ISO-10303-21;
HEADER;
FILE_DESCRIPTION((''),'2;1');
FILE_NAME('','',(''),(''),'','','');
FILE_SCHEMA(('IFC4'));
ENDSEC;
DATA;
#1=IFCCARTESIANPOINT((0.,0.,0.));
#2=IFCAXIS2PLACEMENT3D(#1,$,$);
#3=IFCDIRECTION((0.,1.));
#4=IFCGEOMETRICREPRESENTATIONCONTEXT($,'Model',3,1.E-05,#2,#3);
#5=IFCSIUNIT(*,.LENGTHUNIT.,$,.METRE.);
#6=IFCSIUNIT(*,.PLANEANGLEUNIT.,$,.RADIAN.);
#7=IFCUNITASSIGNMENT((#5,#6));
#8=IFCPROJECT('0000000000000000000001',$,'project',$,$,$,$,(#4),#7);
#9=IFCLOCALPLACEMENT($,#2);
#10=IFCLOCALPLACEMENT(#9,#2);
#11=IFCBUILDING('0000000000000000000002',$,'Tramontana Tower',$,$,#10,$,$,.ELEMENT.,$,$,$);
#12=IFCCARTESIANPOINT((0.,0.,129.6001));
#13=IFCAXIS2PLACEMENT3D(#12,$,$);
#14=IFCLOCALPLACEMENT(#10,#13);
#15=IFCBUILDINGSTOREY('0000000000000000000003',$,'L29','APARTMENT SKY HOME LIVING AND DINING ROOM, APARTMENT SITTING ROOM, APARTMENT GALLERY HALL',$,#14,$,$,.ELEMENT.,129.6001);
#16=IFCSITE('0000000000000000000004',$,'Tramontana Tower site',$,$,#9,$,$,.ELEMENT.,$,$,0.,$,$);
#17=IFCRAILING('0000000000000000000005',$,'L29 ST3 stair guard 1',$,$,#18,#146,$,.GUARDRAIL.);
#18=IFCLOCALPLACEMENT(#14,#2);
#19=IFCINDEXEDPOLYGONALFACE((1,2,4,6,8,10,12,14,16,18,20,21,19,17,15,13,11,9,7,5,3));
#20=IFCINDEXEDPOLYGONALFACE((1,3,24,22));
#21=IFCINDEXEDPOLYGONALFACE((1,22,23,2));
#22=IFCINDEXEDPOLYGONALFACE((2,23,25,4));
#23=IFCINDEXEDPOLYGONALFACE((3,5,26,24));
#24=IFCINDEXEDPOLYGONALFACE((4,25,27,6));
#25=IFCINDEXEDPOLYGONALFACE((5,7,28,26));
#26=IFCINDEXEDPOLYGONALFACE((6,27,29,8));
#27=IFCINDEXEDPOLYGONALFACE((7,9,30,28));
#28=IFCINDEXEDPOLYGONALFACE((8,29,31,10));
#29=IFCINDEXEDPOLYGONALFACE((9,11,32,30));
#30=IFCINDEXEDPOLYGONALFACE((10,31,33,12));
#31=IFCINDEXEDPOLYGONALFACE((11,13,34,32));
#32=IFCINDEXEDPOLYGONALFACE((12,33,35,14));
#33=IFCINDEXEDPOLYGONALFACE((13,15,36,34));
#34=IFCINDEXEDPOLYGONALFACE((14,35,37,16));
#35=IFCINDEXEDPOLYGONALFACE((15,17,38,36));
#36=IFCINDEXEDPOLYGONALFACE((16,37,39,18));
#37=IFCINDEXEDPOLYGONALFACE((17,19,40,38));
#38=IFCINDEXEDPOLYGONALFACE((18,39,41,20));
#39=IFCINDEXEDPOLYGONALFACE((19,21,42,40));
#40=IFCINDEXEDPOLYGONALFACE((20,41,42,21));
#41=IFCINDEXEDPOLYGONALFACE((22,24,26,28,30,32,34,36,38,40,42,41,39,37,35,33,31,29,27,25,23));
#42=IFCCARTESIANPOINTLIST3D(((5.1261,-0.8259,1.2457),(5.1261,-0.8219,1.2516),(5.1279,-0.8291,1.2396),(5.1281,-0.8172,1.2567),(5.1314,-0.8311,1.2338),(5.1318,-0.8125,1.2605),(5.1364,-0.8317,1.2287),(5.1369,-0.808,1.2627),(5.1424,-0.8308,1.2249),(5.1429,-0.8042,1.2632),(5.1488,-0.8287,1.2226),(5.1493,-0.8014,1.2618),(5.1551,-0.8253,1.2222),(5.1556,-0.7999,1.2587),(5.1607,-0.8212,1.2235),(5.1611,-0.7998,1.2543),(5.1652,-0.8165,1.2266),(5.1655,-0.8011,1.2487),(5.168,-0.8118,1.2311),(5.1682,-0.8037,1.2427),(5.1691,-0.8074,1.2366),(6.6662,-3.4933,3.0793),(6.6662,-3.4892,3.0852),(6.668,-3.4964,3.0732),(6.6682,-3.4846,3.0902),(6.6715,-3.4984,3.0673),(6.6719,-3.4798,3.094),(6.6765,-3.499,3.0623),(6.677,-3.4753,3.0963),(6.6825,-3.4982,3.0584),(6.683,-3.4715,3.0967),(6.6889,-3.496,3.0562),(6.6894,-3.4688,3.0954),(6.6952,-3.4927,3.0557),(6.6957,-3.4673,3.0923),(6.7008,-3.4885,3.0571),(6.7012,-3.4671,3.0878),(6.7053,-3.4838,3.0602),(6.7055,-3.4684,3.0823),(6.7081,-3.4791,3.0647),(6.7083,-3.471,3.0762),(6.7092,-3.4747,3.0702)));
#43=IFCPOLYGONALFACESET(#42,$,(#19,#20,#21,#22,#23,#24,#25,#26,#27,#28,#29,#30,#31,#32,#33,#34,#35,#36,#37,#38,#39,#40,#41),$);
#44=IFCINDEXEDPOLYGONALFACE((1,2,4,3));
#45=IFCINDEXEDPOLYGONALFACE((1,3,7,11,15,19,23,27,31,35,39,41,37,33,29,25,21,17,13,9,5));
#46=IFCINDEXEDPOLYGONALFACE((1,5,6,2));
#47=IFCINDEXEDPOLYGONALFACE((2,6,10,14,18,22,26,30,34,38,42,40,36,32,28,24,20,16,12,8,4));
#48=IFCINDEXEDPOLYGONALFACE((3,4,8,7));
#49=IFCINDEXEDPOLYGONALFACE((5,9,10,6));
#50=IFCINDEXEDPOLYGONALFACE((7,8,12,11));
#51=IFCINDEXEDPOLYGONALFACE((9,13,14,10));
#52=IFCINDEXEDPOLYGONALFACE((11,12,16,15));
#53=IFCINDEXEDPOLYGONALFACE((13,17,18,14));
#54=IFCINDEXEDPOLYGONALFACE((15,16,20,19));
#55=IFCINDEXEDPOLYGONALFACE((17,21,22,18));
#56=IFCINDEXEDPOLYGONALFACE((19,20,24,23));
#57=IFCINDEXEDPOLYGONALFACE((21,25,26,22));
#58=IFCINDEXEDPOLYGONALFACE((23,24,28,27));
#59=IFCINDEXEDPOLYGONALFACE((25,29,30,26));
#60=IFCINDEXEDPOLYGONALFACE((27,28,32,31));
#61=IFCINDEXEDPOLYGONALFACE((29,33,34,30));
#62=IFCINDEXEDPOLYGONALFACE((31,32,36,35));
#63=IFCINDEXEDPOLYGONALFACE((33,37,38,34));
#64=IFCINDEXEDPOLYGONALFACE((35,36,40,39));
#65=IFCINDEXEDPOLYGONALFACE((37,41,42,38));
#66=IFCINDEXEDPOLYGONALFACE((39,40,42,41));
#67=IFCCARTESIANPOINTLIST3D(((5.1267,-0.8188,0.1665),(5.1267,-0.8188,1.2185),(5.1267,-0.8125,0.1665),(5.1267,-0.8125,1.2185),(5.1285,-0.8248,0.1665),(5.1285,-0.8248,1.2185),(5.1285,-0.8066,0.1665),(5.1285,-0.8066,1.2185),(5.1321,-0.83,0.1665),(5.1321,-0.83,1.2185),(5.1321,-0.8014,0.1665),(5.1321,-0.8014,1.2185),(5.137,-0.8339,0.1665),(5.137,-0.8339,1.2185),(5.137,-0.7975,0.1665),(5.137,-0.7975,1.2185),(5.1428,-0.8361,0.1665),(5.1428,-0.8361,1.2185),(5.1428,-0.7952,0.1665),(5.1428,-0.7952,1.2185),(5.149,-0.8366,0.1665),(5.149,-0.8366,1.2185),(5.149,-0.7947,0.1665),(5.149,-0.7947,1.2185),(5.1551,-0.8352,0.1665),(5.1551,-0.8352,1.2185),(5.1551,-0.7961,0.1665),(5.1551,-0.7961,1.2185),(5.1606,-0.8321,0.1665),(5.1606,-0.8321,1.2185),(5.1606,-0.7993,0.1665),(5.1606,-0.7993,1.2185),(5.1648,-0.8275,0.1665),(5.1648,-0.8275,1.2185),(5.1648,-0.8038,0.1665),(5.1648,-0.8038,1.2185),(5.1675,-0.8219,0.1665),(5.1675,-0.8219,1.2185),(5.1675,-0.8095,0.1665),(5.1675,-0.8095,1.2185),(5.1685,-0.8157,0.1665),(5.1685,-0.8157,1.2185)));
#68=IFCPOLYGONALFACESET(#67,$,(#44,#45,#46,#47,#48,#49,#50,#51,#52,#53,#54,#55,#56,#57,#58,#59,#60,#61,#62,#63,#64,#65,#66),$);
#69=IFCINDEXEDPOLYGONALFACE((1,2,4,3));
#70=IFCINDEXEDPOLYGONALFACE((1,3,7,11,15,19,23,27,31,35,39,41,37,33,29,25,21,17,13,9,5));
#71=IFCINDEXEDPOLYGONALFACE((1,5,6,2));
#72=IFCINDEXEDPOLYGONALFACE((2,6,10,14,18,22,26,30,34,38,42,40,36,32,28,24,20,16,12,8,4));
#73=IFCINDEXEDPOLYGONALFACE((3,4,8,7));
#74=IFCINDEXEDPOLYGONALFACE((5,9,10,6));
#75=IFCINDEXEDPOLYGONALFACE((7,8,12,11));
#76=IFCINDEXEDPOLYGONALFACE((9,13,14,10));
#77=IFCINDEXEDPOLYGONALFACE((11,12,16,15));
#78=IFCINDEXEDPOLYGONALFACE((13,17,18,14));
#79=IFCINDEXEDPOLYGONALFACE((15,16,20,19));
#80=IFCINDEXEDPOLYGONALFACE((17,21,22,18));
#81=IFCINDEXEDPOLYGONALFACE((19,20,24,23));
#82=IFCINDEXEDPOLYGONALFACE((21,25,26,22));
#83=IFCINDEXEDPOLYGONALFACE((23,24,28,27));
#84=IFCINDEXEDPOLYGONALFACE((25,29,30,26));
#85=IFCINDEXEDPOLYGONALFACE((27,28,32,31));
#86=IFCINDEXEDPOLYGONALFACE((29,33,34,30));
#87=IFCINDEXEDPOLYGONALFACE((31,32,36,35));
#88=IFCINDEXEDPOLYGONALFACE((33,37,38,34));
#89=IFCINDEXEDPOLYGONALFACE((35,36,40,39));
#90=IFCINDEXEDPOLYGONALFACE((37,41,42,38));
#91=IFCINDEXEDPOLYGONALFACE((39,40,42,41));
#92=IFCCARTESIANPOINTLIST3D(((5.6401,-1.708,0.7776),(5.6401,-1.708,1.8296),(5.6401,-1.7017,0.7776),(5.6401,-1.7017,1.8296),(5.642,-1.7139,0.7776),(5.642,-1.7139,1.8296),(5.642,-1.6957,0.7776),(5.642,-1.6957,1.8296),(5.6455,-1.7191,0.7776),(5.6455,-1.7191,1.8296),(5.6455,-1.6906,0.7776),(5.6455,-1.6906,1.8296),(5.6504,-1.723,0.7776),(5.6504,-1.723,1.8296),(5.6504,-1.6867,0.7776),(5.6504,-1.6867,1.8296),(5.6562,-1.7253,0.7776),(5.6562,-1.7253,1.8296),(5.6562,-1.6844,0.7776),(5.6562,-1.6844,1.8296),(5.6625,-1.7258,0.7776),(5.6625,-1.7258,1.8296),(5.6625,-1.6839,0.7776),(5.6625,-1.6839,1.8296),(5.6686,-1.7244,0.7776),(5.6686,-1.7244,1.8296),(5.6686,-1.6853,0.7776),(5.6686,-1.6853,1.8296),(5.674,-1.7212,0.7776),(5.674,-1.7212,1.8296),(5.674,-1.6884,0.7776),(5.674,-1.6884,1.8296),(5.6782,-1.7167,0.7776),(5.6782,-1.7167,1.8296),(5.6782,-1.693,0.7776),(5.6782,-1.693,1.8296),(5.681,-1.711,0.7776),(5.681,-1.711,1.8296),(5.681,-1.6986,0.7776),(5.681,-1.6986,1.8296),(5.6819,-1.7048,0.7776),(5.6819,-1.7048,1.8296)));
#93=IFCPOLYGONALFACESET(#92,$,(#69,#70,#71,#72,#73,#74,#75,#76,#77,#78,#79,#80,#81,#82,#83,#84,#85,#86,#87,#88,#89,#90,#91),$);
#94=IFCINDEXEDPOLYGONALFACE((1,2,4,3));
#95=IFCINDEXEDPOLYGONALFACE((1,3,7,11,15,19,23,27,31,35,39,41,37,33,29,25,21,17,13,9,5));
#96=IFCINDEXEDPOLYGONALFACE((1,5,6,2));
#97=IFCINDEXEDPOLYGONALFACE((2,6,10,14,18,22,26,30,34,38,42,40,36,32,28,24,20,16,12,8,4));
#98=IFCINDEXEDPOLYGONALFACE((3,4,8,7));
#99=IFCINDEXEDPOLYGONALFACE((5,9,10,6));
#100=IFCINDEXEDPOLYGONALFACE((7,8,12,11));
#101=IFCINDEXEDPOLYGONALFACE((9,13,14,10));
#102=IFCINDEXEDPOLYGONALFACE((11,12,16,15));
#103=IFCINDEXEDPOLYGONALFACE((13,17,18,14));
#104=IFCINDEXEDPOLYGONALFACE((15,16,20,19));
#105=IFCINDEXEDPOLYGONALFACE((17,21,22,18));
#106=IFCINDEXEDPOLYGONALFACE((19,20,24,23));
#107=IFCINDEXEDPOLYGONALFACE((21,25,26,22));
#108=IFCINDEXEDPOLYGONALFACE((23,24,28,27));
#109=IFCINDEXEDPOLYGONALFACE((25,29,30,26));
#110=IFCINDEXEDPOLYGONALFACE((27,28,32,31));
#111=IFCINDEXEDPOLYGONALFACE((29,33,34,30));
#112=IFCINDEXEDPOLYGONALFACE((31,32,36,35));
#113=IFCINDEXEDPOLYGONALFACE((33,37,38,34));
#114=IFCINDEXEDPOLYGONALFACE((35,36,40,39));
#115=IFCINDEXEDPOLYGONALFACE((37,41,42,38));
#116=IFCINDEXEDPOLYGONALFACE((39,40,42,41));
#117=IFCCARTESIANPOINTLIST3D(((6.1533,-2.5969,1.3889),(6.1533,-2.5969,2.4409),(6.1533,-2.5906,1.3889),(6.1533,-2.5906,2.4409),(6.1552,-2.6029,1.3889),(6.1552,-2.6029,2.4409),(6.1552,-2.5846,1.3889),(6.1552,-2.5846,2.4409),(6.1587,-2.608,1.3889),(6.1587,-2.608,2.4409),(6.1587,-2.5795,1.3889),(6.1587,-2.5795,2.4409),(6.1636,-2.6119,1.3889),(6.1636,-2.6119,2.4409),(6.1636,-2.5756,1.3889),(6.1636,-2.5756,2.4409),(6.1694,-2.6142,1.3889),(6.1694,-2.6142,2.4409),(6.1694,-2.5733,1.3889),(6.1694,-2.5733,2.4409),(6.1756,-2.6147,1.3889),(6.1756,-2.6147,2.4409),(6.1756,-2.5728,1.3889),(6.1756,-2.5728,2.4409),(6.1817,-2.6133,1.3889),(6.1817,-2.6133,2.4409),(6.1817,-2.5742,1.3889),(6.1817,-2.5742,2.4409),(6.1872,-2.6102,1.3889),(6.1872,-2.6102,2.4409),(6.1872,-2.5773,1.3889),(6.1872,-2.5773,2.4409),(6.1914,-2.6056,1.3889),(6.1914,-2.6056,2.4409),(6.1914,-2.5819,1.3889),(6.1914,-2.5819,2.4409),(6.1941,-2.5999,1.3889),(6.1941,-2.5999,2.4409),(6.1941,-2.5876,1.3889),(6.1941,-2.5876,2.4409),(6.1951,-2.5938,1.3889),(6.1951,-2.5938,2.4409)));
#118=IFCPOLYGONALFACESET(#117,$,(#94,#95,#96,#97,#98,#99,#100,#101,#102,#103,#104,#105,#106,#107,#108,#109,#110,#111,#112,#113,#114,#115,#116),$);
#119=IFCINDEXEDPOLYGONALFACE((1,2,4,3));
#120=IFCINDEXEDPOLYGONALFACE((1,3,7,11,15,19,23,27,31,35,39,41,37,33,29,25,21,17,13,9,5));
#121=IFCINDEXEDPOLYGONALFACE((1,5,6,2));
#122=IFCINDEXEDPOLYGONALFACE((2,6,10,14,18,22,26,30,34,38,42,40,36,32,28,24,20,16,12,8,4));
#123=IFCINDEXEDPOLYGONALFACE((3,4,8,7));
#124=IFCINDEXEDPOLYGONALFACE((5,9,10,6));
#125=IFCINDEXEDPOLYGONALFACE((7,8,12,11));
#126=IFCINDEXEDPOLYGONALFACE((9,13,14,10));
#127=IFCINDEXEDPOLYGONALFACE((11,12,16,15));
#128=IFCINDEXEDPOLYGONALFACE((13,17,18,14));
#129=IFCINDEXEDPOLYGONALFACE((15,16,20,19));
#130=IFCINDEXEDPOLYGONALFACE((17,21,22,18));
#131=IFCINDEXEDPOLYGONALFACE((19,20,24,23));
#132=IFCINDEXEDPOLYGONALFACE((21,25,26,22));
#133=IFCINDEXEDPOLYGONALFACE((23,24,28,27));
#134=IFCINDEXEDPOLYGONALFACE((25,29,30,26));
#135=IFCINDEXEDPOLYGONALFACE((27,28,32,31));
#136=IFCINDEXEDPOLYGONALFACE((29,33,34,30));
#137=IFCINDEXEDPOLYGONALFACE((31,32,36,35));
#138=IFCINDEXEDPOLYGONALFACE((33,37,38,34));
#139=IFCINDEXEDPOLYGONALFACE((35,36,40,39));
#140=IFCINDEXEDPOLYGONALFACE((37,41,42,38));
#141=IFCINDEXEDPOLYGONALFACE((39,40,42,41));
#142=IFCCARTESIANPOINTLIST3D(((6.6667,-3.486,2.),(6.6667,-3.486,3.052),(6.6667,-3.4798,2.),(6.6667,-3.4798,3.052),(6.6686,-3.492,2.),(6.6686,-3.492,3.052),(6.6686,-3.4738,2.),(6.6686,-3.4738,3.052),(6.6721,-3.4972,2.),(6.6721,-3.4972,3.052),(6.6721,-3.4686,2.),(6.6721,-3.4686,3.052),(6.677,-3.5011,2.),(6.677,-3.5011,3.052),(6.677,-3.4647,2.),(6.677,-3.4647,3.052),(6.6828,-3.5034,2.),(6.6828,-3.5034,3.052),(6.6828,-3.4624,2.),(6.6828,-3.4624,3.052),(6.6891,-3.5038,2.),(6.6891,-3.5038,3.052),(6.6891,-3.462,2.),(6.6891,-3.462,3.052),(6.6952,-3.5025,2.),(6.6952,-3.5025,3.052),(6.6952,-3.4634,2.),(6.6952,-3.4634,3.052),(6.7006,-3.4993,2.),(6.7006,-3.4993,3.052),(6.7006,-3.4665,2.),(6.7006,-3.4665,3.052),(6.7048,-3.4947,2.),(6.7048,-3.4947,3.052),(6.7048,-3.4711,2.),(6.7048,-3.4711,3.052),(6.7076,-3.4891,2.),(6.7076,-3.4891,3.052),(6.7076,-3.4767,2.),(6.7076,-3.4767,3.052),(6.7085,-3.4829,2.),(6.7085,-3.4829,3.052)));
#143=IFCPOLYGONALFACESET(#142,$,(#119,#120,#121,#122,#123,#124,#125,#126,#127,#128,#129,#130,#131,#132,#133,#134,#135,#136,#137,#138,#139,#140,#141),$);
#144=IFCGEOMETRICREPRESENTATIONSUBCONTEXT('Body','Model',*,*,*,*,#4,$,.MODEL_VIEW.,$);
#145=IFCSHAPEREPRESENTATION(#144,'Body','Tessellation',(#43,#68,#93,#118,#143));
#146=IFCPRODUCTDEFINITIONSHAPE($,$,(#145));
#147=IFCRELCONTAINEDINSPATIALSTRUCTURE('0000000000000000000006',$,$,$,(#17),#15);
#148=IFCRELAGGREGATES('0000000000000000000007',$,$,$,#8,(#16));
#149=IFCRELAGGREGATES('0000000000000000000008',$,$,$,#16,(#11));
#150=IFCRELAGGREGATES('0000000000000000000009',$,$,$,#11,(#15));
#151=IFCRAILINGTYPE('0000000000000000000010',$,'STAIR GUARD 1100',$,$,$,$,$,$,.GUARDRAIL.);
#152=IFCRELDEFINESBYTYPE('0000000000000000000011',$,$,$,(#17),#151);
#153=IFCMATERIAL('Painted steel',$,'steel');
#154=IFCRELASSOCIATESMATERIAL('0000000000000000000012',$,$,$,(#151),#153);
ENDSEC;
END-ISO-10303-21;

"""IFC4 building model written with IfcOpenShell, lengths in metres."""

from ifc_helpers import new_model, si_unit, direction, frame, origin, origin_2d, place, context, subcontext, project, spatial, circle, extrude, material, type_object, element, save


model = new_model("IFC4")

# Units and contexts
model_context = context("Model", 3, precision=1e-05, world=origin(), true_north=direction((0.0, 1.0)))
body_context = subcontext(model_context, "Body", "Model", "MODEL_VIEW")
ifc_project = project(units=[si_unit("LENGTHUNIT", "METRE"), si_unit("PLANEANGLEUNIT", "RADIAN")], contexts=[model_context])

# Site, building, storey
site_placement = place(None, origin())
site = spatial("IfcSite", under=ifc_project, at=site_placement, Name="Tramontana Tower site", CompositionType="ELEMENT", RefElevation=0.0)
building_placement = place(site_placement, origin())
building = spatial("IfcBuilding", under=site, at=building_placement, Name="Tramontana Tower", CompositionType="ELEMENT")
storey_placement = place(building_placement, frame((0.0, 0.0, 129.6001)))
storey = spatial("IfcBuildingStorey", under=building, at=storey_placement, Name="L29", Description="APARTMENT SKY HOME LIVING AND DINING ROOM, APARTMENT SITTING ROOM, APARTMENT GALLERY HALL", CompositionType="ELEMENT", Elevation=129.6001)

# Railing
ifc_material_1 = material(Name="Painted steel", Category="steel")
railing_type = type_object("IfcRailingType", Name="STAIR GUARD 1100", PredefinedType="GUARDRAIL", material=ifc_material_1)
railing_1_placement = place(storey_placement, frame((5.1475, -0.8157, 0.1665)))
element("IfcRailing", 1, at=railing_1_placement, inside=storey, type_object=railing_type, Name="L29 ST3 stair guard 1", PredefinedType="GUARDRAIL", context=body_context, shape_type="SweptSolid", body=[
    extrude(circle(Radius=0.0239, at=origin_2d()), frame((0.0, 0.0, 1.0762), z_axis=(0.429656, -0.744134, 0.511528), x_axis=(0.86601, 0.500027, 0.0)), (0.0, 0.0, 1.0), 3.5845),
    extrude(circle(Radius=0.021, at=origin_2d()), origin(), (0.0, 0.0, 1.0), 1.052),
    extrude(circle(Radius=0.021, at=origin_2d()), frame((0.5134, -0.8892, 0.6111)), (0.0, 0.0, 1.0), 1.052),
    extrude(circle(Radius=0.021, at=origin_2d()), frame((1.0266, -1.7781, 1.2224)), (0.0, 0.0, 1.0), 1.052),
    extrude(circle(Radius=0.021, at=origin_2d()), frame((1.54, -2.6672, 1.8335)), (0.0, 0.0, 1.0), 1.052),
])

save(model, "model.ifc")
